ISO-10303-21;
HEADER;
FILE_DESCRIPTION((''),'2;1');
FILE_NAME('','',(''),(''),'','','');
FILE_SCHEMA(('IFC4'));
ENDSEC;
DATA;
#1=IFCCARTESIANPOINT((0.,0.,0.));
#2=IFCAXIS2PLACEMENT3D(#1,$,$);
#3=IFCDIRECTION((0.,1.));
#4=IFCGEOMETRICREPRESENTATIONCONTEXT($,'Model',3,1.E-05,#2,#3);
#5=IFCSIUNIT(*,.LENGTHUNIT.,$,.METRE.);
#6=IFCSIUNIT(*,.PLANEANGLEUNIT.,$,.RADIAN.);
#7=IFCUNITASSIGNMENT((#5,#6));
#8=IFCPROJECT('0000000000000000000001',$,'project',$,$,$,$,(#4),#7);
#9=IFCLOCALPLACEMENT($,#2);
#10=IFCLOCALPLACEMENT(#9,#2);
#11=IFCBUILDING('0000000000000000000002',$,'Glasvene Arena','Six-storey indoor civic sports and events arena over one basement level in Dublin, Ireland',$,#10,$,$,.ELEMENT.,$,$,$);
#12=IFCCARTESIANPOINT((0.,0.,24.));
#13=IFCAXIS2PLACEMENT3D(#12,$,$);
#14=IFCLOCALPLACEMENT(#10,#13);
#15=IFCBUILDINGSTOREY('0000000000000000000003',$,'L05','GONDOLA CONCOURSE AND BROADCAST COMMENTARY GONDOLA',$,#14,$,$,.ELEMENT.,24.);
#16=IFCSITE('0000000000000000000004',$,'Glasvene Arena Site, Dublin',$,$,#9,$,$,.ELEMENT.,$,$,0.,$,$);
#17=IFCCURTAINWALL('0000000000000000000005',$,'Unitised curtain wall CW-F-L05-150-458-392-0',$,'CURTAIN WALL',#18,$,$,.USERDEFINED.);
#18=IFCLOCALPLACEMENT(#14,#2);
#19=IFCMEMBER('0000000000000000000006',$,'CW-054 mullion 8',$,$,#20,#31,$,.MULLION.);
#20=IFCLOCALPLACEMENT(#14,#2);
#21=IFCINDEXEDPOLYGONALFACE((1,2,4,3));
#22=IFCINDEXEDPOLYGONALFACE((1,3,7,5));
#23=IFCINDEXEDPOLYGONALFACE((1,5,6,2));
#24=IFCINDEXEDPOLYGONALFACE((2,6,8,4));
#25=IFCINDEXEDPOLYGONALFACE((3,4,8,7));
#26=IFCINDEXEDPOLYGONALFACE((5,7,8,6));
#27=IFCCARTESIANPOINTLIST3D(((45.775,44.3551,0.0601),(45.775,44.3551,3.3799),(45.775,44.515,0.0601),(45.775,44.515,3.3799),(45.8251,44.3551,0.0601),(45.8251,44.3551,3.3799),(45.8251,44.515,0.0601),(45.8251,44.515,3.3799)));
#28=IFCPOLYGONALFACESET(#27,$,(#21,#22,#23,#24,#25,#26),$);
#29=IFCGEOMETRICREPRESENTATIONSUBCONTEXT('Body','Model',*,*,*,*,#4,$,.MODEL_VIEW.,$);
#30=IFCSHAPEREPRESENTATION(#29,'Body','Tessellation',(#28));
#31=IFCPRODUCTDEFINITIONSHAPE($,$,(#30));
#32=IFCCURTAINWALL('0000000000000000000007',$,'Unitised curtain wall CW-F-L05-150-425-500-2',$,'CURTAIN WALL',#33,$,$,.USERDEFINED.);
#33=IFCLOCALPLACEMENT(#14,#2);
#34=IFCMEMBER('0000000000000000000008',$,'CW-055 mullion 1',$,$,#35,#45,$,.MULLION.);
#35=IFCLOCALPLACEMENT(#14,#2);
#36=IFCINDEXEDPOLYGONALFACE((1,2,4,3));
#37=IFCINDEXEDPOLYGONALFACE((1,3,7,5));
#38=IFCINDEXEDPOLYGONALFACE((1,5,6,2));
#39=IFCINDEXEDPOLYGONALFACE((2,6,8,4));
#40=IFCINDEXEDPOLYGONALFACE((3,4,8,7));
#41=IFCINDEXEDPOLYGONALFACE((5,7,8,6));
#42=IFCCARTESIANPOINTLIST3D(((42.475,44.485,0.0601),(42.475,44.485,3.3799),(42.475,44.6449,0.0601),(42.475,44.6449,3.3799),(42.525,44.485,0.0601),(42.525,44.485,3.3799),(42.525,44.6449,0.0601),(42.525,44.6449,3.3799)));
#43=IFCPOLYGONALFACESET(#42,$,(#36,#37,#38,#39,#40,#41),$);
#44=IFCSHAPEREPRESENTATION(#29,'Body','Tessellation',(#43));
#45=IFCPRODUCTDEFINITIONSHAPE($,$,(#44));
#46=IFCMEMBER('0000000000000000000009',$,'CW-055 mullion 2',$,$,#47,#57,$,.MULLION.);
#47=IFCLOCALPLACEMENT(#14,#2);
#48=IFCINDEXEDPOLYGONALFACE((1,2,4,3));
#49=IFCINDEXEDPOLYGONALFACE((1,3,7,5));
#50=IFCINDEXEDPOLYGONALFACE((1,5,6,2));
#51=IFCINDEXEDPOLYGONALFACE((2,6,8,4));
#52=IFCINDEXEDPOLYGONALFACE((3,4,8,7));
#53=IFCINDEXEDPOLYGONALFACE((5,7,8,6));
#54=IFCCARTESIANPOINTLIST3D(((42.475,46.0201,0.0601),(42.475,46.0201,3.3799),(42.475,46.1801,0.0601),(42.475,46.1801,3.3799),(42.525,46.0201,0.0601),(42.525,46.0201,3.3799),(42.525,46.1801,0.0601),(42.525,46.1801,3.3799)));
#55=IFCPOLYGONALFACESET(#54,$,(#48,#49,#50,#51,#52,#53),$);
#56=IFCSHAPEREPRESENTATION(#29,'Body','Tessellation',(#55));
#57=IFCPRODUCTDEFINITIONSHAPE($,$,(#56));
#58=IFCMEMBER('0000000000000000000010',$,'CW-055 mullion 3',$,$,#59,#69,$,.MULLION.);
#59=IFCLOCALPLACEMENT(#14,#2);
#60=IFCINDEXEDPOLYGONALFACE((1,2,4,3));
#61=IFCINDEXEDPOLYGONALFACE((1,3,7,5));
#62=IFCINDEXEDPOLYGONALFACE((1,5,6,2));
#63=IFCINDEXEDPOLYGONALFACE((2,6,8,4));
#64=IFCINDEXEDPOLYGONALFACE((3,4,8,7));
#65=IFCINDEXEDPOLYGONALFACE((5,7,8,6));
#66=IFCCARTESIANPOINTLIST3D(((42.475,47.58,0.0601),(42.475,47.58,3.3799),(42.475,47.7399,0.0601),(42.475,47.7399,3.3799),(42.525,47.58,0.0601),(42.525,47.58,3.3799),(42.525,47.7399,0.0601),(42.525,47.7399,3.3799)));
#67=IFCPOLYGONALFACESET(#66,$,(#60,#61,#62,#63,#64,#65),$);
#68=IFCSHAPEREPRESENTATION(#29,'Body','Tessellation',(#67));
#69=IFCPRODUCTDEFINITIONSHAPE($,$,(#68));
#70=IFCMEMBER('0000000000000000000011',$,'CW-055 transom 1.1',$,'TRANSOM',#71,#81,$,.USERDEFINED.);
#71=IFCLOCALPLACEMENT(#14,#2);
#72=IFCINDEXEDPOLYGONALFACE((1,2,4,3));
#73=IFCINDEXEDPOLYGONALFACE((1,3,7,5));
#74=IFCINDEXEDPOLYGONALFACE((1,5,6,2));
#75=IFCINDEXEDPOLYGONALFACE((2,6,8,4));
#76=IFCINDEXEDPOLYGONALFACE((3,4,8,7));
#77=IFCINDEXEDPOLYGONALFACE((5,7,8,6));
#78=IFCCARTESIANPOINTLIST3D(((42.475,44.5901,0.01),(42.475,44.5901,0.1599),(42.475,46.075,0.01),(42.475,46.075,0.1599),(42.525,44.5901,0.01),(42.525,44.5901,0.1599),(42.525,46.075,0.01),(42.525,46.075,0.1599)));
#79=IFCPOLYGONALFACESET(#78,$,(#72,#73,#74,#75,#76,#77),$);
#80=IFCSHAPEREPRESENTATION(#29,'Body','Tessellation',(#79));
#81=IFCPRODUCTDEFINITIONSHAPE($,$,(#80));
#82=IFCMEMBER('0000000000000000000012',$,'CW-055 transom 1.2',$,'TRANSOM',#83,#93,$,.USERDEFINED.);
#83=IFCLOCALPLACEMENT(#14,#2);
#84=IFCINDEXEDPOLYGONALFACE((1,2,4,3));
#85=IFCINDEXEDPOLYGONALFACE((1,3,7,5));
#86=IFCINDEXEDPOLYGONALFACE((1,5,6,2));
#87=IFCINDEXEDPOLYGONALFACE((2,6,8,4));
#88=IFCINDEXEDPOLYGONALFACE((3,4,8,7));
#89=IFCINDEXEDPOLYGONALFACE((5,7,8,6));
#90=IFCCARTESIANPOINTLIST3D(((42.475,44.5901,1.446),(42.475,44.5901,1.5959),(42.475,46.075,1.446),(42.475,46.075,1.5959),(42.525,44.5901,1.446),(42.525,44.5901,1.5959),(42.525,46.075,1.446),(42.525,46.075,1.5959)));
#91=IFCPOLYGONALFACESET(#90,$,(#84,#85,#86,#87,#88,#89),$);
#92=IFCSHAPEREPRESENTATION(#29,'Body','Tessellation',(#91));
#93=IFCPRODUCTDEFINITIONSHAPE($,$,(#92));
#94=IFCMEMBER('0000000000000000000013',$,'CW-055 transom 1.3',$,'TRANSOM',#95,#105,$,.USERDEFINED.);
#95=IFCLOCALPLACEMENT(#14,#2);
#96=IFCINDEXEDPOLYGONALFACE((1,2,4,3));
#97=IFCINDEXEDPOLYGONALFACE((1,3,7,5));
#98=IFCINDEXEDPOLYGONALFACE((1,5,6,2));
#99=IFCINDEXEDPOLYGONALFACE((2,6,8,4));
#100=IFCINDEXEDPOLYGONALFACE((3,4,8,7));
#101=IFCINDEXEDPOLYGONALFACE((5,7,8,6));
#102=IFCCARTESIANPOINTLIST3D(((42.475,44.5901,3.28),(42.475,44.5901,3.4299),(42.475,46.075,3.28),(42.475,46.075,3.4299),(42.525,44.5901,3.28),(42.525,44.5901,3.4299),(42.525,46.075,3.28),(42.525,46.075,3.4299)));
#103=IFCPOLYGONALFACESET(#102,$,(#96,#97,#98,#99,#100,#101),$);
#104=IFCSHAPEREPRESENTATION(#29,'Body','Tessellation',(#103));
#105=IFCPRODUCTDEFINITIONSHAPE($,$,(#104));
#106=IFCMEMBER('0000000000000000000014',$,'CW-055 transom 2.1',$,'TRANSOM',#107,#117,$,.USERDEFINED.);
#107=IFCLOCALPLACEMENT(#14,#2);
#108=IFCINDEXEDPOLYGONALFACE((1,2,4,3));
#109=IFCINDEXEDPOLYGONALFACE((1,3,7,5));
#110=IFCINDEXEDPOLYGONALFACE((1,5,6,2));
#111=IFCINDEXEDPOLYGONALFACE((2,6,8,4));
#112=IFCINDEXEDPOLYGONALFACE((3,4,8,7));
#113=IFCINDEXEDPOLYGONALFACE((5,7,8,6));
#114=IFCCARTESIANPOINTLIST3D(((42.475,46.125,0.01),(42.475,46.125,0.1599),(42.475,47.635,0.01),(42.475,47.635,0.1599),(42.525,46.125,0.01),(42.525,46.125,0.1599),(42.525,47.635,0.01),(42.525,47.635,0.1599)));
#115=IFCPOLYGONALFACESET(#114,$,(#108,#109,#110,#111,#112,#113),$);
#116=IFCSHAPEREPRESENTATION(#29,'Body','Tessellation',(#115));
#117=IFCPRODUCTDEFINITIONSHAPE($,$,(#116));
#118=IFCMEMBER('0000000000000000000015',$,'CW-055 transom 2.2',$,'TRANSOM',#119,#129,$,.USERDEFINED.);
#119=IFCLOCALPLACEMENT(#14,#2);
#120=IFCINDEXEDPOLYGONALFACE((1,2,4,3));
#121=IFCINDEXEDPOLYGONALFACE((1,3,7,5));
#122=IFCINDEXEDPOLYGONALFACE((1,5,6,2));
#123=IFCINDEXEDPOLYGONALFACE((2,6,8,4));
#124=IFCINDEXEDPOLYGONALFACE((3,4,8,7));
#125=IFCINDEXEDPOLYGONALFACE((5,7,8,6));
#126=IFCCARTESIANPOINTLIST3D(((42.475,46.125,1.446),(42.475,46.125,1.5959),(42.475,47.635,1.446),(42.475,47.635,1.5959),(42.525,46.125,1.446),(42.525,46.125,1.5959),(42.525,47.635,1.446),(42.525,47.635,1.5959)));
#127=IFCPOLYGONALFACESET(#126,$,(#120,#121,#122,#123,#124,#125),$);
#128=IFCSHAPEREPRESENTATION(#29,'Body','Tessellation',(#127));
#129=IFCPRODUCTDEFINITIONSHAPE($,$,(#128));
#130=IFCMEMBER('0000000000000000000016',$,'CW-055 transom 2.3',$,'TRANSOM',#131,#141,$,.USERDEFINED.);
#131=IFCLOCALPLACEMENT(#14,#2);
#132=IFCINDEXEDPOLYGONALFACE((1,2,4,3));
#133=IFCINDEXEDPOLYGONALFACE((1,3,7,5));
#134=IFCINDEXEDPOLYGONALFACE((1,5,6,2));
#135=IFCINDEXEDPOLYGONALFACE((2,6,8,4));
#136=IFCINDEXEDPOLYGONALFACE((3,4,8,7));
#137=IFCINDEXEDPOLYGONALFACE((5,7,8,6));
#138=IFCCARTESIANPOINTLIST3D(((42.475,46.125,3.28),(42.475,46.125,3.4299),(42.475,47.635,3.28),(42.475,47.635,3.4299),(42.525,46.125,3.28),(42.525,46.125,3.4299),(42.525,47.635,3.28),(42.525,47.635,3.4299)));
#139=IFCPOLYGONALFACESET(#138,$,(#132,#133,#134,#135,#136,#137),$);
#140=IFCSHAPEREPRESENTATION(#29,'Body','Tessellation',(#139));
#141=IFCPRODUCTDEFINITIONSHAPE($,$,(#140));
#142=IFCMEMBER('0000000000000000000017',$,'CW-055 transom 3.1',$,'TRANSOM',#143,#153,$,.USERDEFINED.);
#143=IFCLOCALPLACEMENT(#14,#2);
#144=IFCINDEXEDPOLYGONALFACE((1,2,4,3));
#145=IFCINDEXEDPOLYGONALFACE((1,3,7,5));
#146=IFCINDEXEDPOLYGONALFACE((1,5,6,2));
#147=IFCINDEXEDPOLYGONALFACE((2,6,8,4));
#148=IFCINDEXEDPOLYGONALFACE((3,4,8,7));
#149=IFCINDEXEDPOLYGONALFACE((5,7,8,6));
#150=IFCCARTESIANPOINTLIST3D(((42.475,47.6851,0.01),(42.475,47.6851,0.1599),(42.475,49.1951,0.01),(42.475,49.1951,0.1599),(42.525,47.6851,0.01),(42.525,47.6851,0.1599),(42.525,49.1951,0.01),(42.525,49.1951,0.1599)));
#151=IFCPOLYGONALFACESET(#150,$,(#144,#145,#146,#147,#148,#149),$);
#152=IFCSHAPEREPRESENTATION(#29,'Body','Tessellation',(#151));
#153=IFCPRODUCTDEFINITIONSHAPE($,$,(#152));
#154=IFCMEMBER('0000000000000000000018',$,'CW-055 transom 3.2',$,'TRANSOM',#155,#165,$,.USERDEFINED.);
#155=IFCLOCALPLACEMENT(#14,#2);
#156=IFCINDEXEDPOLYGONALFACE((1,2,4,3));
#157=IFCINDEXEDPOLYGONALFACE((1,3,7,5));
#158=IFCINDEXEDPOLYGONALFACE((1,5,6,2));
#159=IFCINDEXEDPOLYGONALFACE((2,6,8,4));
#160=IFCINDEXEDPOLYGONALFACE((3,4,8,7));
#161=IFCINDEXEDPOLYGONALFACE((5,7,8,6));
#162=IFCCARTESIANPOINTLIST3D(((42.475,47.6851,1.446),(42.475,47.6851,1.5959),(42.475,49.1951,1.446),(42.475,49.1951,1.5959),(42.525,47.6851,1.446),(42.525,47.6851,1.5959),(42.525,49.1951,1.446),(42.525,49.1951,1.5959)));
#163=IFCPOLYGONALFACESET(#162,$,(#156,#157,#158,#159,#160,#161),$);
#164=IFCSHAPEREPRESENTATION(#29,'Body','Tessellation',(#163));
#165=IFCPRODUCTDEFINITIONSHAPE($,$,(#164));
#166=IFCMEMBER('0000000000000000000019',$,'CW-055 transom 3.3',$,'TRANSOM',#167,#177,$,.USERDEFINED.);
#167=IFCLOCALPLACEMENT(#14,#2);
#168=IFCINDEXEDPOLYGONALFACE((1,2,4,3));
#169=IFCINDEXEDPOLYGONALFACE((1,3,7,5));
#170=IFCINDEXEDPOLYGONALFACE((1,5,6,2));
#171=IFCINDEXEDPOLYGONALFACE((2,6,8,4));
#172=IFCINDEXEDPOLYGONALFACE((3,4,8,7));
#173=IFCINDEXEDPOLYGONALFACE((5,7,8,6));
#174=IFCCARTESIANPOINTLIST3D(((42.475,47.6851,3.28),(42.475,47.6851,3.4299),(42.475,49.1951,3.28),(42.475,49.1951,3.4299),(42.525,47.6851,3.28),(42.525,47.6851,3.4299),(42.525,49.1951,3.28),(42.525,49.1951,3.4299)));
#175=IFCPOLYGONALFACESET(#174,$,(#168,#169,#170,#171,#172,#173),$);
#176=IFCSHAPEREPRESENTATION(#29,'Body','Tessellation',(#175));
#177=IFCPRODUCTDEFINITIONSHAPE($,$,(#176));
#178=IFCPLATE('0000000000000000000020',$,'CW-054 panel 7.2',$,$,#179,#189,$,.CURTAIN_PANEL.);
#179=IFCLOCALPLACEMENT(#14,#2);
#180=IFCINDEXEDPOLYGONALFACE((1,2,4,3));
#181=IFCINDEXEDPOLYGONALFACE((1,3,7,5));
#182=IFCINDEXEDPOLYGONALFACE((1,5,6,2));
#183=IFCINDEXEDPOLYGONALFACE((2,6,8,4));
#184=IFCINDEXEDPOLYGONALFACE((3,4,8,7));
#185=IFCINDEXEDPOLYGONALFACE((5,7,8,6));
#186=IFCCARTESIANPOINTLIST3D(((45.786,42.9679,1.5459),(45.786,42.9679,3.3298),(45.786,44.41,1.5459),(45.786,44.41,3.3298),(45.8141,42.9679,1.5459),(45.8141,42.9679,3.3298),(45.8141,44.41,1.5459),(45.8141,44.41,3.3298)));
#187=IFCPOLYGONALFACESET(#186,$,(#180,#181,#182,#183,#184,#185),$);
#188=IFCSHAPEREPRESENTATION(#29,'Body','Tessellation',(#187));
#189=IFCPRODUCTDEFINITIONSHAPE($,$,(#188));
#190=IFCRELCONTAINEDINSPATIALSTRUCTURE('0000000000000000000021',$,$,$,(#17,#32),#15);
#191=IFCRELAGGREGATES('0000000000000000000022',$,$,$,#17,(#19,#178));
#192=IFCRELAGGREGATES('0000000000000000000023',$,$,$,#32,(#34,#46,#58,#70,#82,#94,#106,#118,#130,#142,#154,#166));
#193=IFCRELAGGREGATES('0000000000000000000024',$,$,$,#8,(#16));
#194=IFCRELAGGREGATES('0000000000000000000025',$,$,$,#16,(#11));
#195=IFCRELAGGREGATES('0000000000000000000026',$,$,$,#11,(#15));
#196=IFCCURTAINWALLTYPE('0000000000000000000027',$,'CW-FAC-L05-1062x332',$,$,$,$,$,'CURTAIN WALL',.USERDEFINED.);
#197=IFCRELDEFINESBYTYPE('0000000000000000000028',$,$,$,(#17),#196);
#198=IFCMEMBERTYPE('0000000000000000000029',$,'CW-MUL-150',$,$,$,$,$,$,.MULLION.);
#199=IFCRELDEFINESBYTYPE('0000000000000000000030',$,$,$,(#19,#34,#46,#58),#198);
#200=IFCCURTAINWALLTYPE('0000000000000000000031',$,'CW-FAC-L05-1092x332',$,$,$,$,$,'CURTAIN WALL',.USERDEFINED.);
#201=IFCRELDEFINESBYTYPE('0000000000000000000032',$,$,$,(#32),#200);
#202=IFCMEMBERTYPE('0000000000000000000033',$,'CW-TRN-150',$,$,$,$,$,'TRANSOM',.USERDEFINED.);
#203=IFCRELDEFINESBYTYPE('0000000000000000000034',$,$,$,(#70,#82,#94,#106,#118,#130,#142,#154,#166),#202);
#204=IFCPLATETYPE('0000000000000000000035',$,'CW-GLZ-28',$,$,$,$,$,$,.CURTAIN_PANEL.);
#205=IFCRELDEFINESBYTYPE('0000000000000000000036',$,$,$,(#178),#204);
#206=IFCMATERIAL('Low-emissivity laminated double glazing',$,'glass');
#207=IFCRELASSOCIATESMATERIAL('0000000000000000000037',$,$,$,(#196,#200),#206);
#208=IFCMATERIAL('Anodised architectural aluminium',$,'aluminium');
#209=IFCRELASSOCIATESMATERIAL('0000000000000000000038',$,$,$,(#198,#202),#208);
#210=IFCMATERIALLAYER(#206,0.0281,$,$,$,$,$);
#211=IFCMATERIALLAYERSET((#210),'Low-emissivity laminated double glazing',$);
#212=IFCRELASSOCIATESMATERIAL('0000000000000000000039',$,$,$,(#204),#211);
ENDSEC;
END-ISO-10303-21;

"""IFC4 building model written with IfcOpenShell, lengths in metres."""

from ifc_helpers import new_model, si_unit, direction, frame, origin, origin_2d, place, context, subcontext, project, spatial, rectangle, extrude, material, layer, layer_set, material_profile, profile_set, type_object, element, aggregate, save


model = new_model("IFC4")

# Units and contexts
model_context = context("Model", 3, precision=1e-05, world=origin(), true_north=direction((0.0, 1.0)))
body_context = subcontext(model_context, "Body", "Model", "MODEL_VIEW")
ifc_project = project(units=[si_unit("LENGTHUNIT", "METRE"), si_unit("PLANEANGLEUNIT", "RADIAN")], contexts=[model_context])

# Site, building, storey
site_placement = place(None, origin())
site = spatial("IfcSite", under=ifc_project, at=site_placement, Name="Glasvene Arena Site, Dublin", CompositionType="ELEMENT", RefElevation=0.0)
building_placement = place(site_placement, origin())
building = spatial("IfcBuilding", under=site, at=building_placement, Name="Glasvene Arena", Description="Six-storey indoor civic sports and events arena over one basement level in Dublin, Ireland", CompositionType="ELEMENT")
storey_placement = place(building_placement, frame((0.0, 0.0, 24.0)))
storey = spatial("IfcBuildingStorey", under=building, at=storey_placement, Name="L05", Description="GONDOLA CONCOURSE AND BROADCAST COMMENTARY GONDOLA", CompositionType="ELEMENT", Elevation=24.0)

# Curtain wall, member
ifc_material_1 = material(Name="Low-emissivity laminated double glazing", Category="glass")
curtain_wall_type_1 = type_object("IfcCurtainWallType", Name="CW-FAC-L05-1062x332", ElementType="CURTAIN WALL", PredefinedType="USERDEFINED", material=ifc_material_1)
curtain_wall_1_placement = place(storey_placement, frame((45.8, 33.8401, 0.0)))
curtain_wall_1 = element("IfcCurtainWall", 1, at=curtain_wall_1_placement, inside=storey, type_object=curtain_wall_type_1, Name="Unitised curtain wall CW-F-L05-150-458-392-0", ObjectType="CURTAIN WALL", PredefinedType="USERDEFINED")
ifc_material_2 = material(Name="Anodised architectural aluminium", Category="aluminium")
ifc_material_profile_1 = material_profile(ifc_material_2, rectangle(XDim=0.05, YDim=0.1599, at=origin_2d()), Name="ALU MULLION 50x160")
ifc_profile_set_1 = profile_set([ifc_material_profile_1], Name="Anodised architectural aluminium")
member_type_1 = type_object("IfcMemberType", Name="CW-MUL-150", PredefinedType="MULLION", material=ifc_profile_set_1)
member_1_placement = place(storey_placement, frame((45.8, 44.4351, 0.0601), z_axis=(0.0, 0.0, 1.0), x_axis=(-1.0, 0.0, 0.0)))
member_1 = element("IfcMember", 2, at=member_1_placement, type_object=member_type_1, Name="CW-054 mullion 8", PredefinedType="MULLION", context=body_context, shape_type="SweptSolid", body=[
    extrude(rectangle(XDim=0.05, YDim=0.1599, at=origin_2d()), origin(), (0.0, 0.0, 1.0), 3.3198),
])

# Curtain wall, members
curtain_wall_type_2 = type_object("IfcCurtainWallType", Name="CW-FAC-L05-1092x332", ElementType="CURTAIN WALL", PredefinedType="USERDEFINED", material=ifc_material_1)
curtain_wall_2_placement = place(storey_placement, frame((42.5, 44.54, 0.0)))
curtain_wall_2 = element("IfcCurtainWall", 3, at=curtain_wall_2_placement, inside=storey, type_object=curtain_wall_type_2, Name="Unitised curtain wall CW-F-L05-150-425-500-2", ObjectType="CURTAIN WALL", PredefinedType="USERDEFINED")
member_2_placement = place(storey_placement, frame((42.5, 44.5649, 0.0601), z_axis=(0.0, 0.0, 1.0), x_axis=(-1.0, 0.0, 0.0)))
member_2 = element("IfcMember", 4, at=member_2_placement, type_object=member_type_1, Name="CW-055 mullion 1", PredefinedType="MULLION", context=body_context, shape_type="SweptSolid", body=[
    extrude(rectangle(XDim=0.05, YDim=0.1599, at=origin_2d()), origin(), (0.0, 0.0, 1.0), 3.3198),
])
member_3_placement = place(storey_placement, frame((42.5, 46.1001, 0.0601), z_axis=(0.0, 0.0, 1.0), x_axis=(-1.0, 0.0, 0.0)))
member_3 = element("IfcMember", 5, at=member_3_placement, type_object=member_type_1, Name="CW-055 mullion 2", PredefinedType="MULLION", context=body_context, shape_type="SweptSolid", body=[
    extrude(rectangle(XDim=0.05, YDim=0.1599, at=origin_2d()), origin(), (0.0, 0.0, 1.0), 3.3198),
])
member_4_placement = place(storey_placement, frame((42.5, 47.6599, 0.0601), z_axis=(0.0, 0.0, 1.0), x_axis=(-1.0, 0.0, 0.0)))
member_4 = element("IfcMember", 6, at=member_4_placement, type_object=member_type_1, Name="CW-055 mullion 3", PredefinedType="MULLION", context=body_context, shape_type="SweptSolid", body=[
    extrude(rectangle(XDim=0.05, YDim=0.1599, at=origin_2d()), origin(), (0.0, 0.0, 1.0), 3.3198),
])
ifc_material_profile_2 = material_profile(ifc_material_2, rectangle(XDim=0.05, YDim=0.1499, at=origin_2d()), Name="ALU TRANSOM 50x150")
ifc_profile_set_2 = profile_set([ifc_material_profile_2], Name="Anodised architectural aluminium")
member_type_2 = type_object("IfcMemberType", Name="CW-TRN-150", ElementType="TRANSOM", PredefinedType="USERDEFINED", material=ifc_profile_set_2)
member_5_placement = place(storey_placement, frame((42.5, 44.5901, 0.085), z_axis=(0.0, 1.0, 0.0), x_axis=(-1.0, 0.0, 0.0)))
member_5 = element("IfcMember", 7, at=member_5_placement, type_object=member_type_2, Name="CW-055 transom 1.1", ObjectType="TRANSOM", PredefinedType="USERDEFINED", context=body_context, shape_type="SweptSolid", body=[
    extrude(rectangle(XDim=0.05, YDim=0.1499, at=origin_2d()), origin(), (0.0, 0.0, 1.0), 1.4849),
])
member_6_placement = place(storey_placement, frame((42.5, 44.5901, 1.521), z_axis=(0.0, 1.0, 0.0), x_axis=(-1.0, 0.0, 0.0)))
member_6 = element("IfcMember", 8, at=member_6_placement, type_object=member_type_2, Name="CW-055 transom 1.2", ObjectType="TRANSOM", PredefinedType="USERDEFINED", context=body_context, shape_type="SweptSolid", body=[
    extrude(rectangle(XDim=0.05, YDim=0.1499, at=origin_2d()), origin(), (0.0, 0.0, 1.0), 1.4849),
])
member_7_placement = place(storey_placement, frame((42.5, 44.5901, 3.355), z_axis=(0.0, 1.0, 0.0), x_axis=(-1.0, 0.0, 0.0)))
member_7 = element("IfcMember", 9, at=member_7_placement, type_object=member_type_2, Name="CW-055 transom 1.3", ObjectType="TRANSOM", PredefinedType="USERDEFINED", context=body_context, shape_type="SweptSolid", body=[
    extrude(rectangle(XDim=0.05, YDim=0.1499, at=origin_2d()), origin(), (0.0, 0.0, 1.0), 1.4849),
])
member_8_placement = place(storey_placement, frame((42.5, 46.125, 0.085), z_axis=(0.0, 1.0, 0.0), x_axis=(-1.0, 0.0, 0.0)))
member_8 = element("IfcMember", 10, at=member_8_placement, type_object=member_type_2, Name="CW-055 transom 2.1", ObjectType="TRANSOM", PredefinedType="USERDEFINED", context=body_context, shape_type="SweptSolid", body=[
    extrude(rectangle(XDim=0.05, YDim=0.1499, at=origin_2d()), origin(), (0.0, 0.0, 1.0), 1.51),
])
member_9_placement = place(storey_placement, frame((42.5, 46.125, 1.521), z_axis=(0.0, 1.0, 0.0), x_axis=(-1.0, 0.0, 0.0)))
member_9 = element("IfcMember", 11, at=member_9_placement, type_object=member_type_2, Name="CW-055 transom 2.2", ObjectType="TRANSOM", PredefinedType="USERDEFINED", context=body_context, shape_type="SweptSolid", body=[
    extrude(rectangle(XDim=0.05, YDim=0.1499, at=origin_2d()), origin(), (0.0, 0.0, 1.0), 1.51),
])
member_10_placement = place(storey_placement, frame((42.5, 46.125, 3.355), z_axis=(0.0, 1.0, 0.0), x_axis=(-1.0, 0.0, 0.0)))
member_10 = element("IfcMember", 12, at=member_10_placement, type_object=member_type_2, Name="CW-055 transom 2.3", ObjectType="TRANSOM", PredefinedType="USERDEFINED", context=body_context, shape_type="SweptSolid", body=[
    extrude(rectangle(XDim=0.05, YDim=0.1499, at=origin_2d()), origin(), (0.0, 0.0, 1.0), 1.51),
])
member_11_placement = place(storey_placement, frame((42.5, 47.6851, 0.085), z_axis=(0.0, 1.0, 0.0), x_axis=(-1.0, 0.0, 0.0)))
member_11 = element("IfcMember", 13, at=member_11_placement, type_object=member_type_2, Name="CW-055 transom 3.1", ObjectType="TRANSOM", PredefinedType="USERDEFINED", context=body_context, shape_type="SweptSolid", body=[
    extrude(rectangle(XDim=0.05, YDim=0.1499, at=origin_2d()), origin(), (0.0, 0.0, 1.0), 1.51),
])
member_12_placement = place(storey_placement, frame((42.5, 47.6851, 1.521), z_axis=(0.0, 1.0, 0.0), x_axis=(-1.0, 0.0, 0.0)))
member_12 = element("IfcMember", 14, at=member_12_placement, type_object=member_type_2, Name="CW-055 transom 3.2", ObjectType="TRANSOM", PredefinedType="USERDEFINED", context=body_context, shape_type="SweptSolid", body=[
    extrude(rectangle(XDim=0.05, YDim=0.1499, at=origin_2d()), origin(), (0.0, 0.0, 1.0), 1.51),
])
member_13_placement = place(storey_placement, frame((42.5, 47.6851, 3.355), z_axis=(0.0, 1.0, 0.0), x_axis=(-1.0, 0.0, 0.0)))
member_13 = element("IfcMember", 15, at=member_13_placement, type_object=member_type_2, Name="CW-055 transom 3.3", ObjectType="TRANSOM", PredefinedType="USERDEFINED", context=body_context, shape_type="SweptSolid", body=[
    extrude(rectangle(XDim=0.05, YDim=0.1499, at=origin_2d()), origin(), (0.0, 0.0, 1.0), 1.51),
])

# Plate
ifc_layer_1 = layer(ifc_material_1, 0.0281)
ifc_layer_set_1 = layer_set([ifc_layer_1], Name="Low-emissivity laminated double glazing")
plate_type = type_object("IfcPlateType", Name="CW-GLZ-28", PredefinedType="CURTAIN_PANEL", material=ifc_layer_set_1)
plate_1_placement = place(storey_placement, frame((45.8, 43.689, 1.5459), z_axis=(0.0, 0.0, 1.0), x_axis=(0.0, 1.0, 0.0)))
plate_1 = element("IfcPlate", 16, at=plate_1_placement, type_object=plate_type, Name="CW-054 panel 7.2", PredefinedType="CURTAIN_PANEL", context=body_context, shape_type="SweptSolid", body=[
    extrude(rectangle(XDim=1.4421, YDim=0.0281, at=origin_2d()), origin(), (0.0, 0.0, 1.0), 1.7839),
])
aggregate(curtain_wall_1, [member_1, plate_1])
aggregate(curtain_wall_2, [member_2, member_3, member_4, member_5, member_6, member_7, member_8, member_9, member_10, member_11, member_12, member_13])

save(model, "model.ifc")
